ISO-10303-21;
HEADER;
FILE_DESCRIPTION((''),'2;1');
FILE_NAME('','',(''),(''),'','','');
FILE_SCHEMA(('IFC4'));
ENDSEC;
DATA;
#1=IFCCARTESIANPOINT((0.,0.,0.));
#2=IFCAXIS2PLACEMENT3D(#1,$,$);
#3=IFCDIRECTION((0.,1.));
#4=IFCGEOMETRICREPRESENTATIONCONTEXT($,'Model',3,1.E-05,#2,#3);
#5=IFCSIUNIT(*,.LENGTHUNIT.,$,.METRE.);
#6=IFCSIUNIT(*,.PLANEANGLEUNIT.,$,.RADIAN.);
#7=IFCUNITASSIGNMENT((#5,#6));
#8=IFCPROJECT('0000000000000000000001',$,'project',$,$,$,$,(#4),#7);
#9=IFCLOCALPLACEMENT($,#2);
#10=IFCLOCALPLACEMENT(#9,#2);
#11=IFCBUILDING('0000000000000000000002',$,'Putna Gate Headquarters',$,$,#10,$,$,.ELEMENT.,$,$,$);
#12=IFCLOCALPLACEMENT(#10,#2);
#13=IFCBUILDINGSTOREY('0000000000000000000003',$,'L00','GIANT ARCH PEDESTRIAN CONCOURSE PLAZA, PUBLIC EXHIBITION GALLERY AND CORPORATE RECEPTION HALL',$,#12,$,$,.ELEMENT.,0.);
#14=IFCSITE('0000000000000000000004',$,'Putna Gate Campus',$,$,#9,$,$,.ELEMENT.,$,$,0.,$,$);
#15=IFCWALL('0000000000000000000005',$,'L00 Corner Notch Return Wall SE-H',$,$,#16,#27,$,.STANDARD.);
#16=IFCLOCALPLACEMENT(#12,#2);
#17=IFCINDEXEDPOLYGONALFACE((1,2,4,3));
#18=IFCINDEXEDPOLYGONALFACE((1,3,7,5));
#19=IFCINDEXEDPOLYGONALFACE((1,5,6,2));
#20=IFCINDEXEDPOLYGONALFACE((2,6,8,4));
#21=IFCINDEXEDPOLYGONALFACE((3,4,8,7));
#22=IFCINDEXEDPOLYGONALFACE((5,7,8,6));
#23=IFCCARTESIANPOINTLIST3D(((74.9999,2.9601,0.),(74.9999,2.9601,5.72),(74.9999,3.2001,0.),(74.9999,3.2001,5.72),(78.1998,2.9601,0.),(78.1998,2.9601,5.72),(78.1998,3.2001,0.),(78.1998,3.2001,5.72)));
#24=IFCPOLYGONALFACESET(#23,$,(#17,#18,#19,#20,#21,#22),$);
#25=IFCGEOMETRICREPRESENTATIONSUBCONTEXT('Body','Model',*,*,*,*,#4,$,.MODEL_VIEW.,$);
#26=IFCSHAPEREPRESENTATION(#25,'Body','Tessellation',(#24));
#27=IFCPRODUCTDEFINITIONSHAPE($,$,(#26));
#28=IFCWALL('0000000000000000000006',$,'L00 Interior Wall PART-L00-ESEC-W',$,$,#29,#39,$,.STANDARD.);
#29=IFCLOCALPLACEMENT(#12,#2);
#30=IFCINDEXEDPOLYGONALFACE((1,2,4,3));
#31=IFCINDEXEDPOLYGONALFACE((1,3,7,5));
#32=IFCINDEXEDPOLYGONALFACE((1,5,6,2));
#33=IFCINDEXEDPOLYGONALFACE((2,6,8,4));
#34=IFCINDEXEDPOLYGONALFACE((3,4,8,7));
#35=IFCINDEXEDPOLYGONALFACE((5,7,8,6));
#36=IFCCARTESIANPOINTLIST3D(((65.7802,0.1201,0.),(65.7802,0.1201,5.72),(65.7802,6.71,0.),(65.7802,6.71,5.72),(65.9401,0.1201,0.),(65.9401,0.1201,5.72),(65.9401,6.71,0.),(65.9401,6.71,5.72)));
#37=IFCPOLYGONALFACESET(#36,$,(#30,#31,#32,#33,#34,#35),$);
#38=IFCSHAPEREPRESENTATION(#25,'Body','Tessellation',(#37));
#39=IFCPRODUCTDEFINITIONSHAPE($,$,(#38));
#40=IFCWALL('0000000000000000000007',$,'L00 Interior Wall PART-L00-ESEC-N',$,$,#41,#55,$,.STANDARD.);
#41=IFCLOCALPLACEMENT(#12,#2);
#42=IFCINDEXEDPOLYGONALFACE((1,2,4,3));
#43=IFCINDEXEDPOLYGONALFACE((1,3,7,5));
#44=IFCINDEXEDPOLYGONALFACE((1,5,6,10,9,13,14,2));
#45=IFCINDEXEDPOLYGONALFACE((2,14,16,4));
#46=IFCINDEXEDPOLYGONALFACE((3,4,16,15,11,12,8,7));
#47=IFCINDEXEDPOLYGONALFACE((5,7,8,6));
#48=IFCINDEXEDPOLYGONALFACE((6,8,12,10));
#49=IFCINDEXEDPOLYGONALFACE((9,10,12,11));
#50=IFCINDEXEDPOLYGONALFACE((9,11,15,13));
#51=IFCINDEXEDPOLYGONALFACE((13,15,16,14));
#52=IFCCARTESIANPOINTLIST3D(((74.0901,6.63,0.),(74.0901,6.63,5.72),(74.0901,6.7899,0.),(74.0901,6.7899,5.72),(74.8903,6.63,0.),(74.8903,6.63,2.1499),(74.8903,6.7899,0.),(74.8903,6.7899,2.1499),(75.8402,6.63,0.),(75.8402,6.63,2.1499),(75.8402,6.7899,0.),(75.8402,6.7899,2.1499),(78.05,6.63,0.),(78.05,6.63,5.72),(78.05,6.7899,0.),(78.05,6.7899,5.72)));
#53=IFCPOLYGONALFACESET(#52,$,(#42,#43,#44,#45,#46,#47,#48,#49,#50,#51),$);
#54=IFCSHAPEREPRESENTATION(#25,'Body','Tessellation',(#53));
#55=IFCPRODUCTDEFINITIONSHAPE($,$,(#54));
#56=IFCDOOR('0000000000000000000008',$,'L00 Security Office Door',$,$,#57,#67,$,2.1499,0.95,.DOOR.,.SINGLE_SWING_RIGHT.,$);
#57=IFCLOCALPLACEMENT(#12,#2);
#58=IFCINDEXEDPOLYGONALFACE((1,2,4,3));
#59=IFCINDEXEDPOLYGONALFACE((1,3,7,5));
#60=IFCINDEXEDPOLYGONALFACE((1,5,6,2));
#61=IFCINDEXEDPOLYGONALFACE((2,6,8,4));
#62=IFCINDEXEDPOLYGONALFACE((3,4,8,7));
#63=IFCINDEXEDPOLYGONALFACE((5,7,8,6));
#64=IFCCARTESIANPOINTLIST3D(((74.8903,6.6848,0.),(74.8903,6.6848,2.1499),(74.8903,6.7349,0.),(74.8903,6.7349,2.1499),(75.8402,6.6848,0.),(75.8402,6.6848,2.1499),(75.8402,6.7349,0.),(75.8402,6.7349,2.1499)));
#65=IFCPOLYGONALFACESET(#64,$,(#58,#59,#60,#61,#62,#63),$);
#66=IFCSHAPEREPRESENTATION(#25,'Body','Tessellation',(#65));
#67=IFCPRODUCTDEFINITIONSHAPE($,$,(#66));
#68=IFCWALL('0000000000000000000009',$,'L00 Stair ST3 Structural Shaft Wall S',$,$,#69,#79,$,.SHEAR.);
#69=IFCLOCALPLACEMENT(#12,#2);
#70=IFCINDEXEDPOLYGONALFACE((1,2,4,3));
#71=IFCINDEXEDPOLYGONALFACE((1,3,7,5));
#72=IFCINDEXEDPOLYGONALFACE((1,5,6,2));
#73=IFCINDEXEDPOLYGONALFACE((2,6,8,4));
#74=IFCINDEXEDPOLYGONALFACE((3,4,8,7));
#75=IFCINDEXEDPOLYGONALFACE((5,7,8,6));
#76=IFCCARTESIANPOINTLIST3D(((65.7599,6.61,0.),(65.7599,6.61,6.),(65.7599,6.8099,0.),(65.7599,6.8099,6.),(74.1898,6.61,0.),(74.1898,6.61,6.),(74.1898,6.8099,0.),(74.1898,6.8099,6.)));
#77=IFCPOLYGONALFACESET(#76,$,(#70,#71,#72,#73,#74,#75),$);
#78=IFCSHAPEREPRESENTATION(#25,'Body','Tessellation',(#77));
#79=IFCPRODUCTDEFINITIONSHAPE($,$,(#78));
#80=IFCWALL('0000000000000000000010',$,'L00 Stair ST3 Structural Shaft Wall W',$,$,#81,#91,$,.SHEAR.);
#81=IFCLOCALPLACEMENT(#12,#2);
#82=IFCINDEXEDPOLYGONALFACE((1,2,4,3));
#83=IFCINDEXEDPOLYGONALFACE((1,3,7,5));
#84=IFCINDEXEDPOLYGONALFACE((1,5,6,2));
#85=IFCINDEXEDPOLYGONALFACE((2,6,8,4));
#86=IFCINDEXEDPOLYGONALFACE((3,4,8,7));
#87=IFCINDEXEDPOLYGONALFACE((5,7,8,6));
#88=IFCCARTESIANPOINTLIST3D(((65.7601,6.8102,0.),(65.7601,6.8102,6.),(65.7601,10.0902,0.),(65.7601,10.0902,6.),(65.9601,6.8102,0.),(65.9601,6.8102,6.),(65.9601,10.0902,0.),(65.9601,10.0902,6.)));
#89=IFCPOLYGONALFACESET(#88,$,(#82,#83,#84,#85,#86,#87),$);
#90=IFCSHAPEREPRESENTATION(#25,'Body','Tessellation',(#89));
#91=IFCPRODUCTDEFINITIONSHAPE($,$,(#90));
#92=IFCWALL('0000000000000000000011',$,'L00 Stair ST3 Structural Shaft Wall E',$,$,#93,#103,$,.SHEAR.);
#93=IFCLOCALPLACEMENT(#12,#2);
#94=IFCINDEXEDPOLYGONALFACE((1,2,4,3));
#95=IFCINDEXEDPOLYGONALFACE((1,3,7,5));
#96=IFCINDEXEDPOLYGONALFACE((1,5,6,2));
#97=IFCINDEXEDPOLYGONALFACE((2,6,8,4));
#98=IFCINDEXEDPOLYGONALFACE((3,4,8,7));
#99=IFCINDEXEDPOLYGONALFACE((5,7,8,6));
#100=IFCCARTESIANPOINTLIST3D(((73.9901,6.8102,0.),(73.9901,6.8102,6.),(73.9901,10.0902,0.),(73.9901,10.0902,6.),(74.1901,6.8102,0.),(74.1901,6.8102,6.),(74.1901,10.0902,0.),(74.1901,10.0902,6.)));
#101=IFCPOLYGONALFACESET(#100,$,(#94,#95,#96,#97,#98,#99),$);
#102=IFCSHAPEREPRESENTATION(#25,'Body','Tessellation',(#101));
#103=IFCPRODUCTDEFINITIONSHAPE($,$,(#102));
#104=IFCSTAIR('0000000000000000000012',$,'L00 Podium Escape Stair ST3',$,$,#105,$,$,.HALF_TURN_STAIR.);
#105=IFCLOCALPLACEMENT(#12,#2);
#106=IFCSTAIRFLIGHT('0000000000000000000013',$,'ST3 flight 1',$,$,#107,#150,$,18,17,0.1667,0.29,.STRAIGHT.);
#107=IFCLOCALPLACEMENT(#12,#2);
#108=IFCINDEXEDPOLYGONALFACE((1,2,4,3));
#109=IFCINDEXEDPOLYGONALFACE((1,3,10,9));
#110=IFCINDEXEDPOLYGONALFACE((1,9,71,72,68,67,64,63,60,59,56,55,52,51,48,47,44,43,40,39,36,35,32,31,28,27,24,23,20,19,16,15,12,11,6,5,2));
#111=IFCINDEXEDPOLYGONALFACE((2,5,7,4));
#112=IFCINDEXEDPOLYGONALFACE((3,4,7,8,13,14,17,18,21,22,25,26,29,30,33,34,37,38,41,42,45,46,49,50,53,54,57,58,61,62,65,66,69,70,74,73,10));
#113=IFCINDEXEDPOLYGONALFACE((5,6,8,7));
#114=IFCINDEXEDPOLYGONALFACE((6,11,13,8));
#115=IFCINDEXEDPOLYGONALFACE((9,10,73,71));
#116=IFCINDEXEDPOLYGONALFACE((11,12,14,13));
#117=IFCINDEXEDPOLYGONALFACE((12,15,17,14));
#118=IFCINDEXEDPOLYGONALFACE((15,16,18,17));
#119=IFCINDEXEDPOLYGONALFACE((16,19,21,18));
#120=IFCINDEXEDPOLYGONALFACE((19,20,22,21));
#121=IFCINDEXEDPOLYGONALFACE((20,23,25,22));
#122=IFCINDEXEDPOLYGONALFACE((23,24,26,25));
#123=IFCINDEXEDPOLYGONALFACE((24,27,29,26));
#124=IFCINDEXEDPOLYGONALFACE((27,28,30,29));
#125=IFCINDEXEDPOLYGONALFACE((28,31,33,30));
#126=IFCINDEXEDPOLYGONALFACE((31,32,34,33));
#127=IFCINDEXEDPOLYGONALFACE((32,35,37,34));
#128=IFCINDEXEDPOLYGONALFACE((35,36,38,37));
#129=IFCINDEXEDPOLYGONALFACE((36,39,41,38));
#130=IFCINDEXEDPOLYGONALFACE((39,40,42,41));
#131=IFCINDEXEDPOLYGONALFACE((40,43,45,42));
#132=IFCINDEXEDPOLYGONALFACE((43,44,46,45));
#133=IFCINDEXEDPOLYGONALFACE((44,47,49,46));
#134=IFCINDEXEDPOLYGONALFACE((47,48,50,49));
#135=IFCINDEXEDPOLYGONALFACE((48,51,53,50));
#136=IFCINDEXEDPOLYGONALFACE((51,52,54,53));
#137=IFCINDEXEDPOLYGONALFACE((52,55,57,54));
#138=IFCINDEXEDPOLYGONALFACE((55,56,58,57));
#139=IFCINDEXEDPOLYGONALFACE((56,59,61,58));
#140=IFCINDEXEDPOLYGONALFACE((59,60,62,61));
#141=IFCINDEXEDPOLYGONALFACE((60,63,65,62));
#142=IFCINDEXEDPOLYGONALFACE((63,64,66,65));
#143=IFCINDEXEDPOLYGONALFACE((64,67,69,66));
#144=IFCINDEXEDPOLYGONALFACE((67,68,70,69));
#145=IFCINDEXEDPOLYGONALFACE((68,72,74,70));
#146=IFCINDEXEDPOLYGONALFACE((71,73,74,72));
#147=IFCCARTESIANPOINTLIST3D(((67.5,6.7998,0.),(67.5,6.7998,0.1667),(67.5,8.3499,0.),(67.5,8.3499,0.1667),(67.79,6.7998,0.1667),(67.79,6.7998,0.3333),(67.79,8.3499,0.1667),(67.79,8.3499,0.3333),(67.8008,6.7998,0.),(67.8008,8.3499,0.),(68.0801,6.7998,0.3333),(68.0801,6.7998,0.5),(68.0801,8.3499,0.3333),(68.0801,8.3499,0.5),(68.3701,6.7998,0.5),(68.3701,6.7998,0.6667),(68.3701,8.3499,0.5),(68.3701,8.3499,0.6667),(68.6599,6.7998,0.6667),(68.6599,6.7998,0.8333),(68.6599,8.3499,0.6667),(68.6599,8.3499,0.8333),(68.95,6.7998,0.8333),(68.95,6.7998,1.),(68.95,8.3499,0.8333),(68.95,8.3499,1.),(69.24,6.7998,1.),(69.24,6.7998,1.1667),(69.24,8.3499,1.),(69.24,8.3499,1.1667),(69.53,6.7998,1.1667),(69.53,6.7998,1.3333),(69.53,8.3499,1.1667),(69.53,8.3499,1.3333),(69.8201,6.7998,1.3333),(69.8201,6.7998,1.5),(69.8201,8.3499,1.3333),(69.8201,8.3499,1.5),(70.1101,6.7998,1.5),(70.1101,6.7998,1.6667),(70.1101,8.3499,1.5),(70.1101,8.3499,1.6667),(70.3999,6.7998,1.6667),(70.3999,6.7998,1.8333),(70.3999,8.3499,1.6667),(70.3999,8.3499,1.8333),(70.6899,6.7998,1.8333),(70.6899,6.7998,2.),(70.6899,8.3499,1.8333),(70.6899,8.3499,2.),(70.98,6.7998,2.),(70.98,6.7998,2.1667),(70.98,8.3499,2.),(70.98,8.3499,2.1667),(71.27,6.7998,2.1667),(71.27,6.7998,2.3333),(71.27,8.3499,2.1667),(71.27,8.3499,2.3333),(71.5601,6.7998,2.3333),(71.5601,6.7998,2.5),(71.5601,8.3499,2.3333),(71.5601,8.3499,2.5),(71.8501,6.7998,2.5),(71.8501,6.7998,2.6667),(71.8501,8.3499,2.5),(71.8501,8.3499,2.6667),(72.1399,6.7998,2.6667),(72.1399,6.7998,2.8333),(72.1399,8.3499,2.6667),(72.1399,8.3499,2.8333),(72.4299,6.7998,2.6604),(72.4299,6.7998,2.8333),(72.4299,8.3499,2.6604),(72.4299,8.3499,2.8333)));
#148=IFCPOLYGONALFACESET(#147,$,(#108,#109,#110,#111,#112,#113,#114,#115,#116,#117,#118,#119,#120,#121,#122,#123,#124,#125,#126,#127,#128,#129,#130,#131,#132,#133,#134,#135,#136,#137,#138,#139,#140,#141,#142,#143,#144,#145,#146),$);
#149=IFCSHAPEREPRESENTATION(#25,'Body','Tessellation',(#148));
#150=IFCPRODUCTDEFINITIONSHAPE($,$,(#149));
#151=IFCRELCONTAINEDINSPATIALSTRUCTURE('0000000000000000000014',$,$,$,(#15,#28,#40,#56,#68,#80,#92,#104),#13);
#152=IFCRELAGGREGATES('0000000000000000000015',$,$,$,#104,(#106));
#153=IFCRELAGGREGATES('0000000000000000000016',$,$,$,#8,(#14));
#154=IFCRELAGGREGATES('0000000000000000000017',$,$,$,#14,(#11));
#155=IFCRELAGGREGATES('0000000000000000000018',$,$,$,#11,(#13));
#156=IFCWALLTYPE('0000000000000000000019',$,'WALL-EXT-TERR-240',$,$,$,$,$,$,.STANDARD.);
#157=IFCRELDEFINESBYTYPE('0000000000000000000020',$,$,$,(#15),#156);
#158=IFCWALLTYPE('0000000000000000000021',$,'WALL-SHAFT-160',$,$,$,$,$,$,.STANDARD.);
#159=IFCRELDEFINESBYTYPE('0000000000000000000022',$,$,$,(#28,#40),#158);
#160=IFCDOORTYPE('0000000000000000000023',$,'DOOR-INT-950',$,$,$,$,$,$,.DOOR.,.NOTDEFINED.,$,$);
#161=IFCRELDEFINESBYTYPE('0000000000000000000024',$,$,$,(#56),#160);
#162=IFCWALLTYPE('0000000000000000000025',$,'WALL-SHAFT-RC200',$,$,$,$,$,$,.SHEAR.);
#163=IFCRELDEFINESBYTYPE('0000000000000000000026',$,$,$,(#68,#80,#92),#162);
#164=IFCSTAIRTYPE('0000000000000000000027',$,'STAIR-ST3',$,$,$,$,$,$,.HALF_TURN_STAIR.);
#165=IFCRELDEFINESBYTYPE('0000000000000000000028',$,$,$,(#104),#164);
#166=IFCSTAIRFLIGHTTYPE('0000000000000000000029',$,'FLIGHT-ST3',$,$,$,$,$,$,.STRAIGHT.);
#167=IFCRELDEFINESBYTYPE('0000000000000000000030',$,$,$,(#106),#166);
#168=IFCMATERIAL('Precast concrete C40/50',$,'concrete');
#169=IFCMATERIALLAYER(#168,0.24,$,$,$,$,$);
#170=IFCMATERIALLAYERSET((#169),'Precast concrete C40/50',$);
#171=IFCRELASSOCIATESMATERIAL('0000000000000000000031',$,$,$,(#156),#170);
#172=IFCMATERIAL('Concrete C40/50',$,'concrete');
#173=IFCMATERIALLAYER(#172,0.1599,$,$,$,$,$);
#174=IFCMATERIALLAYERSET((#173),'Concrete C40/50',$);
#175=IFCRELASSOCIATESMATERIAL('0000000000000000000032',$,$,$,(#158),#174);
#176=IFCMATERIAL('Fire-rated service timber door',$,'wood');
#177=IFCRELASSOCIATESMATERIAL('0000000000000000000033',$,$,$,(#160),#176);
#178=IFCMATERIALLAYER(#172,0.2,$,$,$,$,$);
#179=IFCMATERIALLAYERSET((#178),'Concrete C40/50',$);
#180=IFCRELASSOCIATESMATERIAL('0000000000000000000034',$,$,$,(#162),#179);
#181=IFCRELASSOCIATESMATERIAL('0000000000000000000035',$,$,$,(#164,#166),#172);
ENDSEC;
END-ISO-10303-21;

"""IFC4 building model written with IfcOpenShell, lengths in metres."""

from ifc_helpers import new_model, si_unit, direction, frame, frame_2d, origin, place, context, subcontext, project, spatial, polyline, rectangle, outline, extrude, material, layer, layer_set, type_object, element, fill, aggregate, save


model = new_model("IFC4")

# Units and contexts
model_context = context("Model", 3, precision=1e-05, world=origin(), true_north=direction((0.0, 1.0)))
body_context = subcontext(model_context, "Body", "Model", "MODEL_VIEW")
ifc_project = project(units=[si_unit("LENGTHUNIT", "METRE"), si_unit("PLANEANGLEUNIT", "RADIAN")], contexts=[model_context])

# Site, building, storey
site_placement = place(None, origin())
site = spatial("IfcSite", under=ifc_project, at=site_placement, Name="Putna Gate Campus", CompositionType="ELEMENT", RefElevation=0.0)
building_placement = place(site_placement, origin())
building = spatial("IfcBuilding", under=site, at=building_placement, Name="Putna Gate Headquarters", CompositionType="ELEMENT")
storey_placement = place(building_placement, origin())
storey = spatial("IfcBuildingStorey", under=building, at=storey_placement, Name="L00", Description="GIANT ARCH PEDESTRIAN CONCOURSE PLAZA, PUBLIC EXHIBITION GALLERY AND CORPORATE RECEPTION HALL", CompositionType="ELEMENT", Elevation=0.0)

# Shared definitions
ifc_material_1 = material(Name="Precast concrete C40/50", Category="concrete")

# Walls
ifc_layer_1 = layer(ifc_material_1, 0.24)
ifc_layer_set_1 = layer_set([ifc_layer_1], Name="Precast concrete C40/50")
wall_type_1 = type_object("IfcWallType", Name="WALL-EXT-TERR-240", PredefinedType="STANDARD", material=ifc_layer_set_1)
for number, where, z_axis, x_axis, name in (
    (1, (78.2, 3.0801, 0.0), (0.0, 0.0, 1.0), (-1.0, 0.0, 0.0), "L00 Corner Notch Return Wall SE-H"),
):
    element("IfcWall", number, at=place(storey_placement, frame(where, z_axis=z_axis, x_axis=x_axis)), inside=storey, type_object=wall_type_1, Name=name, PredefinedType="STANDARD", context=body_context, shape_type="SweptSolid", body=[
        extrude(rectangle(XDim=3.2, YDim=0.24, at=frame_2d((1.6001, 0.0))), origin(), (0.0, 0.0, 1.0), 5.72),
    ])
ifc_material_2 = material(Name="Concrete C40/50", Category="concrete")
ifc_layer_2 = layer(ifc_material_2, 0.1599)
ifc_layer_set_2 = layer_set([ifc_layer_2], Name="Concrete C40/50")
wall_type_2 = type_object("IfcWallType", Name="WALL-SHAFT-160", PredefinedType="STANDARD", material=ifc_layer_set_2)
wall_1_placement = place(storey_placement, frame((65.8601, 0.1201, 0.0), z_axis=(0.0, 0.0, 1.0), x_axis=(0.0, 1.0, 0.0)))
element("IfcWall", 2, at=wall_1_placement, inside=storey, type_object=wall_type_2, Name="L00 Interior Wall PART-L00-ESEC-W", PredefinedType="STANDARD", context=body_context, shape_type="SweptSolid", body=[
    extrude(rectangle(XDim=6.5898, YDim=0.1599, at=frame_2d((3.2949, 0.0))), origin(), (0.0, 0.0, 1.0), 5.72),
])

# Wall, opening, door
wall_2_placement = place(storey_placement, frame((74.0901, 6.71, 0.0), z_axis=(0.0, 0.0, 1.0), x_axis=(1.0, 0.0, 0.0)))
wall_2 = element("IfcWall", 3, at=wall_2_placement, inside=storey, type_object=wall_type_2, Name="L00 Interior Wall PART-L00-ESEC-N", PredefinedType="STANDARD", context=body_context, shape_type="SweptSolid", body=[
    extrude(rectangle(XDim=3.96, YDim=0.1599, at=frame_2d((1.98, 0.0))), origin(), (0.0, 0.0, 1.0), 5.72),
])
opening_1_placement = place(wall_2_placement, frame((0.8, 0.0, 0.0)))
opening_1 = element("IfcOpeningElement", 4, at=opening_1_placement, cuts=wall_2, PredefinedType="OPENING", context=body_context, shape_type="SweptSolid", body=[
    extrude(rectangle(XDim=0.95, YDim=2.1499, at=frame_2d((0.4751, 1.075))), frame((0.0, 0.0898, 0.0), z_axis=(0.0, -1.0, 0.0), x_axis=(1.0, 0.0, 0.0)), (0.0, 0.0, 1.0), 0.1799),
])
ifc_material_3 = material(Name="Fire-rated service timber door", Category="wood")
door_type_1 = type_object("IfcDoorType", Name="DOOR-INT-950", OperationType="NOTDEFINED", PredefinedType="DOOR", material=ifc_material_3)
door_1_placement = place(opening_1_placement, origin())
door_1 = element("IfcDoor", 5, at=door_1_placement, inside=storey, type_object=door_type_1, Name="L00 Security Office Door", OperationType="SINGLE_SWING_RIGHT", OverallHeight=2.1499, OverallWidth=0.95, PredefinedType="DOOR", context=body_context, shape_type="SweptSolid", body=[
    extrude(rectangle(XDim=0.95, YDim=2.1499, at=frame_2d((0.4751, 1.075))), frame((0.0, 0.0249, 0.0), z_axis=(0.0, -1.0, 0.0), x_axis=(1.0, 0.0, 0.0)), (0.0, 0.0, 1.0), 0.05),
])
fill(opening_1, door_1)

# Walls
ifc_layer_3 = layer(ifc_material_2, 0.2)
ifc_layer_set_3 = layer_set([ifc_layer_3], Name="Concrete C40/50")
wall_type_3 = type_object("IfcWallType", Name="WALL-SHAFT-RC200", PredefinedType="SHEAR", material=ifc_layer_set_3)
wall_3_placement = place(storey_placement, frame((65.76, 6.71, 0.0), z_axis=(0.0, 0.0, 1.0), x_axis=(1.0, 0.0, 0.0)))
element("IfcWall", 6, at=wall_3_placement, inside=storey, type_object=wall_type_3, Name="L00 Stair ST3 Structural Shaft Wall S", PredefinedType="SHEAR", context=body_context, shape_type="SweptSolid", body=[
    extrude(rectangle(XDim=8.4299, YDim=0.2, at=frame_2d((4.2148, 0.0))), origin(), (0.0, 0.0, 1.0), 6.0),
])
for number, where, z_axis, x_axis, name in (
    (7, (65.8601, 6.8101, 0.0), (0.0, 0.0, 1.0), (0.0, 1.0, 0.0), "L00 Stair ST3 Structural Shaft Wall W"),
    (8, (74.0901, 6.8101, 0.0), (0.0, 0.0, 1.0), (0.0, 1.0, 0.0), "L00 Stair ST3 Structural Shaft Wall E"),
):
    element("IfcWall", number, at=place(storey_placement, frame(where, z_axis=z_axis, x_axis=x_axis)), inside=storey, type_object=wall_type_3, Name=name, PredefinedType="SHEAR", context=body_context, shape_type="SweptSolid", body=[
        extrude(rectangle(XDim=3.28, YDim=0.2, at=frame_2d((1.6401, 0.0))), origin(), (0.0, 0.0, 1.0), 6.0),
    ])

# Stair, stair flight
stair_type = type_object("IfcStairType", Name="STAIR-ST3", PredefinedType="HALF_TURN_STAIR", material=ifc_material_2)
stair_placement = place(storey_placement, origin())
stair = element("IfcStair", 9, at=stair_placement, inside=storey, type_object=stair_type, Name="L00 Podium Escape Stair ST3", PredefinedType="HALF_TURN_STAIR")
stair_flight_type = type_object("IfcStairFlightType", Name="FLIGHT-ST3", PredefinedType="STRAIGHT", material=ifc_material_2)
stair_flight_placement = place(storey_placement, frame((67.5, 7.575, 0.0), z_axis=(0.0, 0.0, 1.0), x_axis=(1.0, 0.0, 0.0)))
stair_flight = element("IfcStairFlight", 10, at=stair_flight_placement, type_object=stair_flight_type, Name="ST3 flight 1", NumberOfRisers=18, NumberOfTreads=17, PredefinedType="STRAIGHT", RiserHeight=0.1667, TreadLength=0.29, context=body_context, shape_type="SweptSolid", body=[
    extrude(outline(polyline([(0.0, 0.0), (0.0, 0.1667), (0.29, 0.1667), (0.29, 0.3333), (0.5801, 0.3333), (0.5801, 0.5), (0.8701, 0.5), (0.8701, 0.6667), (1.1599, 0.6667), (1.1599, 0.8333), (1.45, 0.8333), (1.45, 1.0), (1.74, 1.0), (1.74, 1.1667), (2.03, 1.1667), (2.03, 1.3333), (2.3201, 1.3333), (2.3201, 1.5), (2.6101, 1.5), (2.6101, 1.6667), (2.8999, 1.6667), (2.8999, 1.8333), (3.1899, 1.8333), (3.1899, 2.0), (3.48, 2.0), (3.48, 2.1667), (3.77, 2.1667), (3.77, 2.3333), (4.0601, 2.3333), (4.0601, 2.5), (4.3501, 2.5), (4.3501, 2.6667), (4.6399, 2.6667), (4.6399, 2.8333), (4.9299, 2.8333), (4.9299, 3.0), (4.9299, 2.6604), (0.3008, 0.0), (0.0, 0.0)])), frame((0.0, 0.7749, 0.0), z_axis=(0.0, -1.0, 0.0), x_axis=(1.0, 0.0, 0.0)), (0.0, 0.0, 1.0), 1.55),
])
aggregate(stair, [stair_flight])

save(model, "model.ifc")
